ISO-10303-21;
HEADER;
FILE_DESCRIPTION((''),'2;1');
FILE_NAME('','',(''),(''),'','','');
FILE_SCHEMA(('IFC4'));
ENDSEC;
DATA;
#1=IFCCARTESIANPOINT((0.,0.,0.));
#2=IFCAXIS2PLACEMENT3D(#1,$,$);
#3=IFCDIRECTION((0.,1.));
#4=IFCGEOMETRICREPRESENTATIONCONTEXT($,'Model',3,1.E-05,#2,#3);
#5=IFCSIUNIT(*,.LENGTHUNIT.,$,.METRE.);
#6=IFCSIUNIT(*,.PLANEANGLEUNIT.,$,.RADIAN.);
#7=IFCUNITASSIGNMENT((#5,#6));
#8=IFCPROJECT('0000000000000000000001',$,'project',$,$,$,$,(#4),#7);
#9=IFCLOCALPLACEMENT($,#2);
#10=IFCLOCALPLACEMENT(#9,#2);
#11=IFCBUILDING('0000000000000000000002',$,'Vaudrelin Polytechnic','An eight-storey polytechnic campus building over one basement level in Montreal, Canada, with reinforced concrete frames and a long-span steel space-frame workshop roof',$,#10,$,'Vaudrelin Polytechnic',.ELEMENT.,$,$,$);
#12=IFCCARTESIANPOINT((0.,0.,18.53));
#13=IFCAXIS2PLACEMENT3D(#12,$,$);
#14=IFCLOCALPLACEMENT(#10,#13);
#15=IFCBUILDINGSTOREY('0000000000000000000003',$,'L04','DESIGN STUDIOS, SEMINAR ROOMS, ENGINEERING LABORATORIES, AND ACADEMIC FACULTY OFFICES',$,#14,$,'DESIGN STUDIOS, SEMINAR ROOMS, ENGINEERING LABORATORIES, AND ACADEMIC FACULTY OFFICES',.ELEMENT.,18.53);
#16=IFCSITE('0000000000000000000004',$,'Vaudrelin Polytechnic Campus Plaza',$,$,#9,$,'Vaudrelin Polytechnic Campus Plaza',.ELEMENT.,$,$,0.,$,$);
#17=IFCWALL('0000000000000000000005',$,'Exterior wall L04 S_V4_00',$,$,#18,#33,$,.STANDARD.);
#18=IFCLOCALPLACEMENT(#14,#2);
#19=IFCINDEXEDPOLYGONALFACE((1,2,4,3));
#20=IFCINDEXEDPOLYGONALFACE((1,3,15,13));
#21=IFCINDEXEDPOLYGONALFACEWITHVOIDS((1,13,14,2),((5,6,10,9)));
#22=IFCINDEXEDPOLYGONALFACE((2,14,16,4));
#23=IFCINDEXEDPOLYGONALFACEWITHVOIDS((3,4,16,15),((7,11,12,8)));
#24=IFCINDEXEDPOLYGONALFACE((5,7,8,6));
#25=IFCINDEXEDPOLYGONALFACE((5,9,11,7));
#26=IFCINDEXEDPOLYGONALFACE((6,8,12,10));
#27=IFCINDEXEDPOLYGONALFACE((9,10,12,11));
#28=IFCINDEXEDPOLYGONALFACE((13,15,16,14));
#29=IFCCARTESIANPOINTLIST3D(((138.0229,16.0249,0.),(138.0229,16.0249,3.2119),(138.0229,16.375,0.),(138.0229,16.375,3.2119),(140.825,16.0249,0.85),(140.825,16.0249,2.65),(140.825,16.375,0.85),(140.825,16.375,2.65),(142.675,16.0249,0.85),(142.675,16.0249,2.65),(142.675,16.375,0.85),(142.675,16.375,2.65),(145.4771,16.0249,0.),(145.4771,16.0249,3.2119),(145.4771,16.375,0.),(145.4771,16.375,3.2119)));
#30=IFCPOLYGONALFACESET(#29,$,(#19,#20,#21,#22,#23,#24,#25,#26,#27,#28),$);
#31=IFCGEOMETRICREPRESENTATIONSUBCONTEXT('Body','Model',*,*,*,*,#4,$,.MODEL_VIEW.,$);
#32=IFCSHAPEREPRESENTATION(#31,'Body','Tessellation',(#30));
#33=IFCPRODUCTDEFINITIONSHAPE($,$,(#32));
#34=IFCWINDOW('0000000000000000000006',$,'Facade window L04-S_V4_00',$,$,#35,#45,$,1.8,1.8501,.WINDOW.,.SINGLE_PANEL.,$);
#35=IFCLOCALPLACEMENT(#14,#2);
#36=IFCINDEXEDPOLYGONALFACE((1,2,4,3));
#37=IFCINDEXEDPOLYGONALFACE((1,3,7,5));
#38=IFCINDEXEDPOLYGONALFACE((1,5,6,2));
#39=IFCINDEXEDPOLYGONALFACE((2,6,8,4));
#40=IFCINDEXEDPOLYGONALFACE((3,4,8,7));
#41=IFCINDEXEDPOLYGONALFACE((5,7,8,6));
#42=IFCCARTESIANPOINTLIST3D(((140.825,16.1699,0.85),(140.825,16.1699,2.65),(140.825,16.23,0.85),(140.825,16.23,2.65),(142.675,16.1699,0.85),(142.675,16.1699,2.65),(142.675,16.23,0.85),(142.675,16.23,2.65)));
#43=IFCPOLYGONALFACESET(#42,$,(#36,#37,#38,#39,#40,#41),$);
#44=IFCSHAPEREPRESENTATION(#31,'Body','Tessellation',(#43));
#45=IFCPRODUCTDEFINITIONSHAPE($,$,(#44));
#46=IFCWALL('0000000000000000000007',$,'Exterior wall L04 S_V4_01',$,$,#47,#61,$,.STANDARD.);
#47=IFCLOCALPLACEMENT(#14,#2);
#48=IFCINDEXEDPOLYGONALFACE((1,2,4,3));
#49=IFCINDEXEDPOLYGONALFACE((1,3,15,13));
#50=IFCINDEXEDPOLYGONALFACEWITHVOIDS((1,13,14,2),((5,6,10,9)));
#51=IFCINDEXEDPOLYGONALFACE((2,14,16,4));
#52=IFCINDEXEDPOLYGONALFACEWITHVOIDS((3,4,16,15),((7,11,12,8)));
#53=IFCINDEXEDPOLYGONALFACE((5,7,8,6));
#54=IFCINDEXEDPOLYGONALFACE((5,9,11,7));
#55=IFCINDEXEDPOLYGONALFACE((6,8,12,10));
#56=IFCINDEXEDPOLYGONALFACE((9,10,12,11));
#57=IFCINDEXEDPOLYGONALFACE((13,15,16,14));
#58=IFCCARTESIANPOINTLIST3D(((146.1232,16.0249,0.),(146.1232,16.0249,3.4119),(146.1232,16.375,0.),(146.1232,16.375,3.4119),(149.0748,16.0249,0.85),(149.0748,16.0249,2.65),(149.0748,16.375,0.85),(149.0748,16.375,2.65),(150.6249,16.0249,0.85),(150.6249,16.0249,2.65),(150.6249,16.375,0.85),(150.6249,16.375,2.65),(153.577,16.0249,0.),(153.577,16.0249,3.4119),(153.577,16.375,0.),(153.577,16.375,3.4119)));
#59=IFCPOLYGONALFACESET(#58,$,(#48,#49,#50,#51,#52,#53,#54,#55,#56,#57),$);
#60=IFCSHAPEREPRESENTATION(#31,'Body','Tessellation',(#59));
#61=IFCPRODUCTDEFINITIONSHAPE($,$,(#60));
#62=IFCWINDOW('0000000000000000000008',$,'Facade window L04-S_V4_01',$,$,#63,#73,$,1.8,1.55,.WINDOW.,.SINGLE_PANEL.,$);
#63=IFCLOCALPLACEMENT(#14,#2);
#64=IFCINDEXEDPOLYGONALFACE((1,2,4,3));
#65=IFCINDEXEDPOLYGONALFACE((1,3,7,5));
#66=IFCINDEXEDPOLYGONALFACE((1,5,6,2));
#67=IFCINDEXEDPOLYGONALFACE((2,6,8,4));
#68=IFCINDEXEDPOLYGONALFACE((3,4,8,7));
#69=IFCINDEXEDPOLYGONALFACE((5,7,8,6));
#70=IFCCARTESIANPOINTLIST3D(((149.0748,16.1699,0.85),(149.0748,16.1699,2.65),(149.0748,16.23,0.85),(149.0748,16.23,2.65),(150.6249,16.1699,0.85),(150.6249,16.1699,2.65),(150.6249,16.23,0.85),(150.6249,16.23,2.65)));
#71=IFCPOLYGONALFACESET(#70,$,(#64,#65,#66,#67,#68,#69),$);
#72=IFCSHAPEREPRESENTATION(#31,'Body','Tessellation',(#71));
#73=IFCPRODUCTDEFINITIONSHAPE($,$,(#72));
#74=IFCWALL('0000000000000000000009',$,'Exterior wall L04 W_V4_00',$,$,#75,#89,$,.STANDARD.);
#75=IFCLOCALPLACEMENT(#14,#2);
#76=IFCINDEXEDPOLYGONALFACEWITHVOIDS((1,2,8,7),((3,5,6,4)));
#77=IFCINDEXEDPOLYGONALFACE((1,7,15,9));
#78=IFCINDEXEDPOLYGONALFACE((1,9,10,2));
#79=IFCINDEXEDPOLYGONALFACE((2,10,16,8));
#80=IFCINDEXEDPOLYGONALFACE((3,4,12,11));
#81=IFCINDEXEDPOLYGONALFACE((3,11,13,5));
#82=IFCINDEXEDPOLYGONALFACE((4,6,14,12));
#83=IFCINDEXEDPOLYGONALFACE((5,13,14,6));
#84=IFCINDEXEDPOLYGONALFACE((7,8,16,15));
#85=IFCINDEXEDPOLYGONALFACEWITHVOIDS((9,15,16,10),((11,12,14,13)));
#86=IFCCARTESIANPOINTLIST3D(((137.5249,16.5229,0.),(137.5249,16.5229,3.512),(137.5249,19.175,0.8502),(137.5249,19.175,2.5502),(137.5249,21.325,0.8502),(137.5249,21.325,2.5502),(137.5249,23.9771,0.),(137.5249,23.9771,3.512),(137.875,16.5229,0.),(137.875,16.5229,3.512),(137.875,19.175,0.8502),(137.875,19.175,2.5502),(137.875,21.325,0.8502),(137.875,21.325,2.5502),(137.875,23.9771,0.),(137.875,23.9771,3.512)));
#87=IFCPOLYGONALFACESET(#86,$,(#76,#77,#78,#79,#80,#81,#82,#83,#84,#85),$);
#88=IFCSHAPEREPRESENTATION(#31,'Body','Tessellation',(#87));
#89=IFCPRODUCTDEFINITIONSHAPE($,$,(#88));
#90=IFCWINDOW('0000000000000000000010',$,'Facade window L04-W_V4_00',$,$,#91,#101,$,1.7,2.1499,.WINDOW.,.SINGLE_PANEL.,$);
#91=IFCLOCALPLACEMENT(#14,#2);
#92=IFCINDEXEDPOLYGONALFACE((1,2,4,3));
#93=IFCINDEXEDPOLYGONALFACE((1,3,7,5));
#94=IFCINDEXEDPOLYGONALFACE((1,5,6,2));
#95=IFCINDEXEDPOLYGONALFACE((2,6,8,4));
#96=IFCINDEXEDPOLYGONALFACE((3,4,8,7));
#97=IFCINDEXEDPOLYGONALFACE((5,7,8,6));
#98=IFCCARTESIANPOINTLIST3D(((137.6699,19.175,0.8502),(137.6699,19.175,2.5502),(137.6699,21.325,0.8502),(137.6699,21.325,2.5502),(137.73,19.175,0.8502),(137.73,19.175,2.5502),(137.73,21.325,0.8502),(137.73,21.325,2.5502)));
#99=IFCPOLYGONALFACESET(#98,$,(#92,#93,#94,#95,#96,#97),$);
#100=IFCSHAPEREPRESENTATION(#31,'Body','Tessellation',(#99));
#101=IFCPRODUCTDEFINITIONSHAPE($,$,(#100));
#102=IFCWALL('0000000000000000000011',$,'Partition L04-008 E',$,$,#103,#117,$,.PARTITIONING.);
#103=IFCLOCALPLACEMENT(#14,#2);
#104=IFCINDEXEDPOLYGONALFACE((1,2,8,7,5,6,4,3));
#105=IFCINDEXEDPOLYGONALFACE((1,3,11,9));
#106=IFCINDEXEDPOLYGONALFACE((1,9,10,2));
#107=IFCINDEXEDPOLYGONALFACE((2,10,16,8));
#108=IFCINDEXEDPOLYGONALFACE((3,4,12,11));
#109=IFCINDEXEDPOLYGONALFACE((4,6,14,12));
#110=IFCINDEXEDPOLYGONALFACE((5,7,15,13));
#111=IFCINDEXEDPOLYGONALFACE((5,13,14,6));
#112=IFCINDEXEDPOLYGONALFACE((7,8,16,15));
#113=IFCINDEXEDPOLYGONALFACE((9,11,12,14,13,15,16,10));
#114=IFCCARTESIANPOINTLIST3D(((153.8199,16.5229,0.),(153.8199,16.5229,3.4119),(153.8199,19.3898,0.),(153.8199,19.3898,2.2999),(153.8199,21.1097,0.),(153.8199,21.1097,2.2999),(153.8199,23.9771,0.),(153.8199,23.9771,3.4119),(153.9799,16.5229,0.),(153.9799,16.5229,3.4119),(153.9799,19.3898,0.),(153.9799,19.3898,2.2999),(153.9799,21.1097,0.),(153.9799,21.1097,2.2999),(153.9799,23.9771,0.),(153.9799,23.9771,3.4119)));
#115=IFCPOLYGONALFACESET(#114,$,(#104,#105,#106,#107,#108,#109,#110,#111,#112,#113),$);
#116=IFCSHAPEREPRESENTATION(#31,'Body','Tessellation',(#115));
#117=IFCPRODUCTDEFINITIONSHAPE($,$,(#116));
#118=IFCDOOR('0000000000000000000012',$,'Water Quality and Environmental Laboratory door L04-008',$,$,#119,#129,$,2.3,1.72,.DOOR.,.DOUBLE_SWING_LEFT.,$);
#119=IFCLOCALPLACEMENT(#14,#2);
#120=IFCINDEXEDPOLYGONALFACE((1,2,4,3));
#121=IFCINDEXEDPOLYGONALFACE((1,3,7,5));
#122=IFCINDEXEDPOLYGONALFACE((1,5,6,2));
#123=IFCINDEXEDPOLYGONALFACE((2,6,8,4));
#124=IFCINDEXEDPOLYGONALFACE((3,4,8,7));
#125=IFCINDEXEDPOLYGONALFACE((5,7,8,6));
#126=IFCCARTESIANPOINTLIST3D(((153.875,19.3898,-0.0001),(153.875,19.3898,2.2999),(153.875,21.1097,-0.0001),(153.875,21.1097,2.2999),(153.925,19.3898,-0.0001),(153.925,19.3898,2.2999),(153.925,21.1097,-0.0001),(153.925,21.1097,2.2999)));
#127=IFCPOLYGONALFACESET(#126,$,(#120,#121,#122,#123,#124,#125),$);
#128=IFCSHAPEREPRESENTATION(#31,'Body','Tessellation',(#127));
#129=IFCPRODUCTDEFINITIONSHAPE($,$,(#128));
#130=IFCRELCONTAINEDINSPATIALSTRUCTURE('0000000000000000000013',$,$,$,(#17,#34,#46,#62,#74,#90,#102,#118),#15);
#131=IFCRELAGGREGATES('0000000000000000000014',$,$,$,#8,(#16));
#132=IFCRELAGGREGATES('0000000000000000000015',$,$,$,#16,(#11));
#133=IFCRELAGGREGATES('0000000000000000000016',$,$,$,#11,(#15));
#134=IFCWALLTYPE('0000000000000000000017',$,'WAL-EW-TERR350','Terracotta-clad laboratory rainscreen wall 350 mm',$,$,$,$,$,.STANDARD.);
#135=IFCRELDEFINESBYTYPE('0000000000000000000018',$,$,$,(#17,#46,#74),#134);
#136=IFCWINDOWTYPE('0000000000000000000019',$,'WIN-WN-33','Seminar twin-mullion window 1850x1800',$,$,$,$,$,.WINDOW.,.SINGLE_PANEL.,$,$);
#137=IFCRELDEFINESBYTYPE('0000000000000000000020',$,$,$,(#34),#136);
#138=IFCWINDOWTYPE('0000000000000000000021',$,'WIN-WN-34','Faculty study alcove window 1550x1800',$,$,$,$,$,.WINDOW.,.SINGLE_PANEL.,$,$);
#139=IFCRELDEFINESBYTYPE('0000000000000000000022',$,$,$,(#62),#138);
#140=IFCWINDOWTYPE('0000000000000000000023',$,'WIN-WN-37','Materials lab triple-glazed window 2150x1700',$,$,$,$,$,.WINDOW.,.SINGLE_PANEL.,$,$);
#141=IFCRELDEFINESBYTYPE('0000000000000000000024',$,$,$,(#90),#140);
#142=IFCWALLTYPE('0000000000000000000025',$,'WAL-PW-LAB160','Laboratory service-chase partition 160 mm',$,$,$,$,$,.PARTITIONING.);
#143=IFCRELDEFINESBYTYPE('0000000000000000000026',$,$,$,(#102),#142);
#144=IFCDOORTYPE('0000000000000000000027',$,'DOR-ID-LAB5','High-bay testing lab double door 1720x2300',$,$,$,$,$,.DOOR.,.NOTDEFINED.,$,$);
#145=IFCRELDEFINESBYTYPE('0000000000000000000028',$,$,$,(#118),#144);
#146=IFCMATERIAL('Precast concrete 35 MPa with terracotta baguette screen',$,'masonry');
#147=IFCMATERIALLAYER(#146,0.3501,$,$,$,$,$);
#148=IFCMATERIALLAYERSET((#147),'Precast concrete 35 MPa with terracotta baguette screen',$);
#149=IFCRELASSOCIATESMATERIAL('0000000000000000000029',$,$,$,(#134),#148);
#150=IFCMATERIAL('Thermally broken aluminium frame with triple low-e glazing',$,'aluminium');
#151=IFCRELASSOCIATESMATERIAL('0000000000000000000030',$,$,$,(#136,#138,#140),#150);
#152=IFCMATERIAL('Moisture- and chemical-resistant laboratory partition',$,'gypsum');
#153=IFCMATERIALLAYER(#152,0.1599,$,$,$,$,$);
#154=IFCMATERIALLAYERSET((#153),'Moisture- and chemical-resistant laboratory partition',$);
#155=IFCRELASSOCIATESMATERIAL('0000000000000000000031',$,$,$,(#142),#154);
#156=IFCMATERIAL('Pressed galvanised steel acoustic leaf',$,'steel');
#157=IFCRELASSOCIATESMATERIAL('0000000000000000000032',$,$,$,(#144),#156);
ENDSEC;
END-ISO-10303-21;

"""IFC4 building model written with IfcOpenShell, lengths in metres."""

from ifc_helpers import new_model, si_unit, direction, frame, frame_2d, origin, place, context, subcontext, project, spatial, rectangle, extrude, material, layer, layer_set, type_object, element, fill, save


model = new_model("IFC4")

# Units and contexts
model_context = context("Model", 3, precision=1e-05, world=origin(), true_north=direction((0.0, 1.0)))
body_context = subcontext(model_context, "Body", "Model", "MODEL_VIEW")
ifc_project = project(units=[si_unit("LENGTHUNIT", "METRE"), si_unit("PLANEANGLEUNIT", "RADIAN")], contexts=[model_context])

# Site, building, storey
site_placement = place(None, origin())
site = spatial("IfcSite", under=ifc_project, at=site_placement, Name="Vaudrelin Polytechnic Campus Plaza", LongName="Vaudrelin Polytechnic Campus Plaza", CompositionType="ELEMENT", RefElevation=0.0)
building_placement = place(site_placement, origin())
building = spatial("IfcBuilding", under=site, at=building_placement, Name="Vaudrelin Polytechnic", Description="An eight-storey polytechnic campus building over one basement level in Montreal, Canada, with reinforced concrete frames and a long-span steel space-frame workshop roof", LongName="Vaudrelin Polytechnic", CompositionType="ELEMENT")
storey_placement = place(building_placement, frame((0.0, 0.0, 18.53)))
storey = spatial("IfcBuildingStorey", under=building, at=storey_placement, Name="L04", Description="DESIGN STUDIOS, SEMINAR ROOMS, ENGINEERING LABORATORIES, AND ACADEMIC FACULTY OFFICES", LongName="DESIGN STUDIOS, SEMINAR ROOMS, ENGINEERING LABORATORIES, AND ACADEMIC FACULTY OFFICES", CompositionType="ELEMENT", Elevation=18.53)

# Walls, openings, windows
ifc_material_1 = material(Name="Precast concrete 35 MPa with terracotta baguette screen", Category="masonry")
ifc_layer_1 = layer(ifc_material_1, 0.3501)
ifc_layer_set_1 = layer_set([ifc_layer_1], Name="Precast concrete 35 MPa with terracotta baguette screen")
wall_type_1 = type_object("IfcWallType", Name="WAL-EW-TERR350", Description="Terracotta-clad laboratory rainscreen wall 350 mm", PredefinedType="STANDARD", material=ifc_layer_set_1)
wall_1_placement = place(storey_placement, frame((138.0229, 16.2, 0.0), z_axis=(0.0, 0.0, 1.0), x_axis=(1.0, 0.0, 0.0)))
wall_1 = element("IfcWall", 1, at=wall_1_placement, inside=storey, type_object=wall_type_1, Name="Exterior wall L04 S_V4_00", PredefinedType="STANDARD", context=body_context, shape_type="SweptSolid", body=[
    extrude(rectangle(XDim=7.4541, YDim=0.3501, at=frame_2d((3.7271, 0.0))), origin(), (0.0, 0.0, 1.0), 3.2119),
])
opening_1_placement = place(wall_1_placement, frame((2.802, 0.0, 0.8501)))
opening_1 = element("IfcOpeningElement", 2, at=opening_1_placement, cuts=wall_1, PredefinedType="OPENING", context=body_context, shape_type="SweptSolid", body=[
    extrude(rectangle(XDim=1.8501, YDim=1.8, at=frame_2d((0.925, 0.8999))), frame((0.0, 0.1851, 0.0), z_axis=(0.0, -1.0, 0.0), x_axis=(1.0, 0.0, 0.0)), (0.0, 0.0, 1.0), 0.3701),
])
ifc_material_2 = material(Name="Thermally broken aluminium frame with triple low-e glazing", Category="aluminium")
window_type_1 = type_object("IfcWindowType", Name="WIN-WN-33", Description="Seminar twin-mullion window 1850x1800", PartitioningType="SINGLE_PANEL", PredefinedType="WINDOW", material=ifc_material_2)
window_1_placement = place(opening_1_placement, origin())
window_1 = element("IfcWindow", 3, at=window_1_placement, inside=storey, type_object=window_type_1, Name="Facade window L04-S_V4_00", OverallHeight=1.8, OverallWidth=1.8501, PartitioningType="SINGLE_PANEL", PredefinedType="WINDOW", context=body_context, shape_type="SweptSolid", body=[
    extrude(rectangle(XDim=1.8501, YDim=1.8, at=frame_2d((0.925, 0.8999))), frame((0.0, 0.03, 0.0), z_axis=(0.0, -1.0, 0.0), x_axis=(1.0, 0.0, 0.0)), (0.0, 0.0, 1.0), 0.0601),
])
fill(opening_1, window_1)
wall_2_placement = place(storey_placement, frame((146.123, 16.2, 0.0), z_axis=(0.0, 0.0, 1.0), x_axis=(1.0, 0.0, 0.0)))
wall_2 = element("IfcWall", 4, at=wall_2_placement, inside=storey, type_object=wall_type_1, Name="Exterior wall L04 S_V4_01", PredefinedType="STANDARD", context=body_context, shape_type="SweptSolid", body=[
    extrude(rectangle(XDim=7.4539, YDim=0.3501, at=frame_2d((3.7271, 0.0))), origin(), (0.0, 0.0, 1.0), 3.4119),
])
opening_2_placement = place(wall_2_placement, frame((2.9519, 0.0, 0.8501)))
opening_2 = element("IfcOpeningElement", 5, at=opening_2_placement, cuts=wall_2, PredefinedType="OPENING", context=body_context, shape_type="SweptSolid", body=[
    extrude(rectangle(XDim=1.55, YDim=1.8, at=frame_2d((0.7749, 0.8999))), frame((0.0, 0.1851, 0.0), z_axis=(0.0, -1.0, 0.0), x_axis=(1.0, 0.0, 0.0)), (0.0, 0.0, 1.0), 0.3701),
])
window_type_2 = type_object("IfcWindowType", Name="WIN-WN-34", Description="Faculty study alcove window 1550x1800", PartitioningType="SINGLE_PANEL", PredefinedType="WINDOW", material=ifc_material_2)
window_2_placement = place(opening_2_placement, origin())
window_2 = element("IfcWindow", 6, at=window_2_placement, inside=storey, type_object=window_type_2, Name="Facade window L04-S_V4_01", OverallHeight=1.8, OverallWidth=1.55, PartitioningType="SINGLE_PANEL", PredefinedType="WINDOW", context=body_context, shape_type="SweptSolid", body=[
    extrude(rectangle(XDim=1.55, YDim=1.8, at=frame_2d((0.7749, 0.8999))), frame((0.0, 0.03, 0.0), z_axis=(0.0, -1.0, 0.0), x_axis=(1.0, 0.0, 0.0)), (0.0, 0.0, 1.0), 0.0601),
])
fill(opening_2, window_2)
wall_3_placement = place(storey_placement, frame((137.7, 16.5229, 0.0), z_axis=(0.0, 0.0, 1.0), x_axis=(0.0, 1.0, 0.0)))
wall_3 = element("IfcWall", 7, at=wall_3_placement, inside=storey, type_object=wall_type_1, Name="Exterior wall L04 W_V4_00", PredefinedType="STANDARD", context=body_context, shape_type="SweptSolid", body=[
    extrude(rectangle(XDim=7.4541, YDim=0.3501, at=frame_2d((3.7271, 0.0))), origin(), (0.0, 0.0, 1.0), 3.512),
])
opening_3_placement = place(wall_3_placement, frame((2.6521, 0.0, 0.8501)))
opening_3 = element("IfcOpeningElement", 8, at=opening_3_placement, cuts=wall_3, PredefinedType="OPENING", context=body_context, shape_type="SweptSolid", body=[
    extrude(rectangle(XDim=2.1499, YDim=1.7, at=frame_2d((1.075, 0.8501))), frame((0.0, 0.1851, 0.0), z_axis=(0.0, -1.0, 0.0), x_axis=(1.0, 0.0, 0.0)), (0.0, 0.0, 1.0), 0.3701),
])
window_type_3 = type_object("IfcWindowType", Name="WIN-WN-37", Description="Materials lab triple-glazed window 2150x1700", PartitioningType="SINGLE_PANEL", PredefinedType="WINDOW", material=ifc_material_2)
window_3_placement = place(opening_3_placement, origin())
window_3 = element("IfcWindow", 9, at=window_3_placement, inside=storey, type_object=window_type_3, Name="Facade window L04-W_V4_00", OverallHeight=1.7, OverallWidth=2.1499, PartitioningType="SINGLE_PANEL", PredefinedType="WINDOW", context=body_context, shape_type="SweptSolid", body=[
    extrude(rectangle(XDim=2.1499, YDim=1.7, at=frame_2d((1.075, 0.8501))), frame((0.0, 0.03, 0.0), z_axis=(0.0, -1.0, 0.0), x_axis=(1.0, 0.0, 0.0)), (0.0, 0.0, 1.0), 0.0601),
])
fill(opening_3, window_3)

# Wall, opening, door
ifc_material_3 = material(Name="Moisture- and chemical-resistant laboratory partition", Category="gypsum")
ifc_layer_2 = layer(ifc_material_3, 0.1599)
ifc_layer_set_2 = layer_set([ifc_layer_2], Name="Moisture- and chemical-resistant laboratory partition")
wall_type_2 = type_object("IfcWallType", Name="WAL-PW-LAB160", Description="Laboratory service-chase partition 160 mm", PredefinedType="PARTITIONING", material=ifc_layer_set_2)
wall_4_placement = place(storey_placement, frame((153.8999, 16.5229, 0.0), z_axis=(0.0, 0.0, 1.0), x_axis=(0.0, 1.0, 0.0)))
wall_4 = element("IfcWall", 10, at=wall_4_placement, inside=storey, type_object=wall_type_2, Name="Partition L04-008 E", PredefinedType="PARTITIONING", context=body_context, shape_type="SweptSolid", body=[
    extrude(rectangle(XDim=7.4541, YDim=0.1599, at=frame_2d((3.7271, 0.0))), origin(), (0.0, 0.0, 1.0), 3.4119),
])
opening_4_placement = place(wall_4_placement, frame((2.8669, 0.0, 0.0)))
opening_4 = element("IfcOpeningElement", 11, at=opening_4_placement, cuts=wall_4, PredefinedType="OPENING", context=body_context, shape_type="SweptSolid", body=[
    extrude(rectangle(XDim=1.72, YDim=2.3, at=frame_2d((0.8599, 1.1499))), frame((0.0, 0.0898, 0.0), z_axis=(0.0, -1.0, 0.0), x_axis=(1.0, 0.0, 0.0)), (0.0, 0.0, 1.0), 0.1799),
])
ifc_material_4 = material(Name="Pressed galvanised steel acoustic leaf", Category="steel")
door_type = type_object("IfcDoorType", Name="DOR-ID-LAB5", Description="High-bay testing lab double door 1720x2300", OperationType="NOTDEFINED", PredefinedType="DOOR", material=ifc_material_4)
door_placement = place(opening_4_placement, origin())
door = element("IfcDoor", 12, at=door_placement, inside=storey, type_object=door_type, Name="Water Quality and Environmental Laboratory door L04-008", OperationType="DOUBLE_SWING_LEFT", OverallHeight=2.3, OverallWidth=1.72, PredefinedType="DOOR", context=body_context, shape_type="SweptSolid", body=[
    extrude(rectangle(XDim=1.72, YDim=2.3, at=frame_2d((0.8599, 1.1499))), frame((0.0, 0.0249, 0.0), z_axis=(0.0, -1.0, 0.0), x_axis=(1.0, 0.0, 0.0)), (0.0, 0.0, 1.0), 0.05),
])
fill(opening_4, door)

save(model, "model.ifc")
